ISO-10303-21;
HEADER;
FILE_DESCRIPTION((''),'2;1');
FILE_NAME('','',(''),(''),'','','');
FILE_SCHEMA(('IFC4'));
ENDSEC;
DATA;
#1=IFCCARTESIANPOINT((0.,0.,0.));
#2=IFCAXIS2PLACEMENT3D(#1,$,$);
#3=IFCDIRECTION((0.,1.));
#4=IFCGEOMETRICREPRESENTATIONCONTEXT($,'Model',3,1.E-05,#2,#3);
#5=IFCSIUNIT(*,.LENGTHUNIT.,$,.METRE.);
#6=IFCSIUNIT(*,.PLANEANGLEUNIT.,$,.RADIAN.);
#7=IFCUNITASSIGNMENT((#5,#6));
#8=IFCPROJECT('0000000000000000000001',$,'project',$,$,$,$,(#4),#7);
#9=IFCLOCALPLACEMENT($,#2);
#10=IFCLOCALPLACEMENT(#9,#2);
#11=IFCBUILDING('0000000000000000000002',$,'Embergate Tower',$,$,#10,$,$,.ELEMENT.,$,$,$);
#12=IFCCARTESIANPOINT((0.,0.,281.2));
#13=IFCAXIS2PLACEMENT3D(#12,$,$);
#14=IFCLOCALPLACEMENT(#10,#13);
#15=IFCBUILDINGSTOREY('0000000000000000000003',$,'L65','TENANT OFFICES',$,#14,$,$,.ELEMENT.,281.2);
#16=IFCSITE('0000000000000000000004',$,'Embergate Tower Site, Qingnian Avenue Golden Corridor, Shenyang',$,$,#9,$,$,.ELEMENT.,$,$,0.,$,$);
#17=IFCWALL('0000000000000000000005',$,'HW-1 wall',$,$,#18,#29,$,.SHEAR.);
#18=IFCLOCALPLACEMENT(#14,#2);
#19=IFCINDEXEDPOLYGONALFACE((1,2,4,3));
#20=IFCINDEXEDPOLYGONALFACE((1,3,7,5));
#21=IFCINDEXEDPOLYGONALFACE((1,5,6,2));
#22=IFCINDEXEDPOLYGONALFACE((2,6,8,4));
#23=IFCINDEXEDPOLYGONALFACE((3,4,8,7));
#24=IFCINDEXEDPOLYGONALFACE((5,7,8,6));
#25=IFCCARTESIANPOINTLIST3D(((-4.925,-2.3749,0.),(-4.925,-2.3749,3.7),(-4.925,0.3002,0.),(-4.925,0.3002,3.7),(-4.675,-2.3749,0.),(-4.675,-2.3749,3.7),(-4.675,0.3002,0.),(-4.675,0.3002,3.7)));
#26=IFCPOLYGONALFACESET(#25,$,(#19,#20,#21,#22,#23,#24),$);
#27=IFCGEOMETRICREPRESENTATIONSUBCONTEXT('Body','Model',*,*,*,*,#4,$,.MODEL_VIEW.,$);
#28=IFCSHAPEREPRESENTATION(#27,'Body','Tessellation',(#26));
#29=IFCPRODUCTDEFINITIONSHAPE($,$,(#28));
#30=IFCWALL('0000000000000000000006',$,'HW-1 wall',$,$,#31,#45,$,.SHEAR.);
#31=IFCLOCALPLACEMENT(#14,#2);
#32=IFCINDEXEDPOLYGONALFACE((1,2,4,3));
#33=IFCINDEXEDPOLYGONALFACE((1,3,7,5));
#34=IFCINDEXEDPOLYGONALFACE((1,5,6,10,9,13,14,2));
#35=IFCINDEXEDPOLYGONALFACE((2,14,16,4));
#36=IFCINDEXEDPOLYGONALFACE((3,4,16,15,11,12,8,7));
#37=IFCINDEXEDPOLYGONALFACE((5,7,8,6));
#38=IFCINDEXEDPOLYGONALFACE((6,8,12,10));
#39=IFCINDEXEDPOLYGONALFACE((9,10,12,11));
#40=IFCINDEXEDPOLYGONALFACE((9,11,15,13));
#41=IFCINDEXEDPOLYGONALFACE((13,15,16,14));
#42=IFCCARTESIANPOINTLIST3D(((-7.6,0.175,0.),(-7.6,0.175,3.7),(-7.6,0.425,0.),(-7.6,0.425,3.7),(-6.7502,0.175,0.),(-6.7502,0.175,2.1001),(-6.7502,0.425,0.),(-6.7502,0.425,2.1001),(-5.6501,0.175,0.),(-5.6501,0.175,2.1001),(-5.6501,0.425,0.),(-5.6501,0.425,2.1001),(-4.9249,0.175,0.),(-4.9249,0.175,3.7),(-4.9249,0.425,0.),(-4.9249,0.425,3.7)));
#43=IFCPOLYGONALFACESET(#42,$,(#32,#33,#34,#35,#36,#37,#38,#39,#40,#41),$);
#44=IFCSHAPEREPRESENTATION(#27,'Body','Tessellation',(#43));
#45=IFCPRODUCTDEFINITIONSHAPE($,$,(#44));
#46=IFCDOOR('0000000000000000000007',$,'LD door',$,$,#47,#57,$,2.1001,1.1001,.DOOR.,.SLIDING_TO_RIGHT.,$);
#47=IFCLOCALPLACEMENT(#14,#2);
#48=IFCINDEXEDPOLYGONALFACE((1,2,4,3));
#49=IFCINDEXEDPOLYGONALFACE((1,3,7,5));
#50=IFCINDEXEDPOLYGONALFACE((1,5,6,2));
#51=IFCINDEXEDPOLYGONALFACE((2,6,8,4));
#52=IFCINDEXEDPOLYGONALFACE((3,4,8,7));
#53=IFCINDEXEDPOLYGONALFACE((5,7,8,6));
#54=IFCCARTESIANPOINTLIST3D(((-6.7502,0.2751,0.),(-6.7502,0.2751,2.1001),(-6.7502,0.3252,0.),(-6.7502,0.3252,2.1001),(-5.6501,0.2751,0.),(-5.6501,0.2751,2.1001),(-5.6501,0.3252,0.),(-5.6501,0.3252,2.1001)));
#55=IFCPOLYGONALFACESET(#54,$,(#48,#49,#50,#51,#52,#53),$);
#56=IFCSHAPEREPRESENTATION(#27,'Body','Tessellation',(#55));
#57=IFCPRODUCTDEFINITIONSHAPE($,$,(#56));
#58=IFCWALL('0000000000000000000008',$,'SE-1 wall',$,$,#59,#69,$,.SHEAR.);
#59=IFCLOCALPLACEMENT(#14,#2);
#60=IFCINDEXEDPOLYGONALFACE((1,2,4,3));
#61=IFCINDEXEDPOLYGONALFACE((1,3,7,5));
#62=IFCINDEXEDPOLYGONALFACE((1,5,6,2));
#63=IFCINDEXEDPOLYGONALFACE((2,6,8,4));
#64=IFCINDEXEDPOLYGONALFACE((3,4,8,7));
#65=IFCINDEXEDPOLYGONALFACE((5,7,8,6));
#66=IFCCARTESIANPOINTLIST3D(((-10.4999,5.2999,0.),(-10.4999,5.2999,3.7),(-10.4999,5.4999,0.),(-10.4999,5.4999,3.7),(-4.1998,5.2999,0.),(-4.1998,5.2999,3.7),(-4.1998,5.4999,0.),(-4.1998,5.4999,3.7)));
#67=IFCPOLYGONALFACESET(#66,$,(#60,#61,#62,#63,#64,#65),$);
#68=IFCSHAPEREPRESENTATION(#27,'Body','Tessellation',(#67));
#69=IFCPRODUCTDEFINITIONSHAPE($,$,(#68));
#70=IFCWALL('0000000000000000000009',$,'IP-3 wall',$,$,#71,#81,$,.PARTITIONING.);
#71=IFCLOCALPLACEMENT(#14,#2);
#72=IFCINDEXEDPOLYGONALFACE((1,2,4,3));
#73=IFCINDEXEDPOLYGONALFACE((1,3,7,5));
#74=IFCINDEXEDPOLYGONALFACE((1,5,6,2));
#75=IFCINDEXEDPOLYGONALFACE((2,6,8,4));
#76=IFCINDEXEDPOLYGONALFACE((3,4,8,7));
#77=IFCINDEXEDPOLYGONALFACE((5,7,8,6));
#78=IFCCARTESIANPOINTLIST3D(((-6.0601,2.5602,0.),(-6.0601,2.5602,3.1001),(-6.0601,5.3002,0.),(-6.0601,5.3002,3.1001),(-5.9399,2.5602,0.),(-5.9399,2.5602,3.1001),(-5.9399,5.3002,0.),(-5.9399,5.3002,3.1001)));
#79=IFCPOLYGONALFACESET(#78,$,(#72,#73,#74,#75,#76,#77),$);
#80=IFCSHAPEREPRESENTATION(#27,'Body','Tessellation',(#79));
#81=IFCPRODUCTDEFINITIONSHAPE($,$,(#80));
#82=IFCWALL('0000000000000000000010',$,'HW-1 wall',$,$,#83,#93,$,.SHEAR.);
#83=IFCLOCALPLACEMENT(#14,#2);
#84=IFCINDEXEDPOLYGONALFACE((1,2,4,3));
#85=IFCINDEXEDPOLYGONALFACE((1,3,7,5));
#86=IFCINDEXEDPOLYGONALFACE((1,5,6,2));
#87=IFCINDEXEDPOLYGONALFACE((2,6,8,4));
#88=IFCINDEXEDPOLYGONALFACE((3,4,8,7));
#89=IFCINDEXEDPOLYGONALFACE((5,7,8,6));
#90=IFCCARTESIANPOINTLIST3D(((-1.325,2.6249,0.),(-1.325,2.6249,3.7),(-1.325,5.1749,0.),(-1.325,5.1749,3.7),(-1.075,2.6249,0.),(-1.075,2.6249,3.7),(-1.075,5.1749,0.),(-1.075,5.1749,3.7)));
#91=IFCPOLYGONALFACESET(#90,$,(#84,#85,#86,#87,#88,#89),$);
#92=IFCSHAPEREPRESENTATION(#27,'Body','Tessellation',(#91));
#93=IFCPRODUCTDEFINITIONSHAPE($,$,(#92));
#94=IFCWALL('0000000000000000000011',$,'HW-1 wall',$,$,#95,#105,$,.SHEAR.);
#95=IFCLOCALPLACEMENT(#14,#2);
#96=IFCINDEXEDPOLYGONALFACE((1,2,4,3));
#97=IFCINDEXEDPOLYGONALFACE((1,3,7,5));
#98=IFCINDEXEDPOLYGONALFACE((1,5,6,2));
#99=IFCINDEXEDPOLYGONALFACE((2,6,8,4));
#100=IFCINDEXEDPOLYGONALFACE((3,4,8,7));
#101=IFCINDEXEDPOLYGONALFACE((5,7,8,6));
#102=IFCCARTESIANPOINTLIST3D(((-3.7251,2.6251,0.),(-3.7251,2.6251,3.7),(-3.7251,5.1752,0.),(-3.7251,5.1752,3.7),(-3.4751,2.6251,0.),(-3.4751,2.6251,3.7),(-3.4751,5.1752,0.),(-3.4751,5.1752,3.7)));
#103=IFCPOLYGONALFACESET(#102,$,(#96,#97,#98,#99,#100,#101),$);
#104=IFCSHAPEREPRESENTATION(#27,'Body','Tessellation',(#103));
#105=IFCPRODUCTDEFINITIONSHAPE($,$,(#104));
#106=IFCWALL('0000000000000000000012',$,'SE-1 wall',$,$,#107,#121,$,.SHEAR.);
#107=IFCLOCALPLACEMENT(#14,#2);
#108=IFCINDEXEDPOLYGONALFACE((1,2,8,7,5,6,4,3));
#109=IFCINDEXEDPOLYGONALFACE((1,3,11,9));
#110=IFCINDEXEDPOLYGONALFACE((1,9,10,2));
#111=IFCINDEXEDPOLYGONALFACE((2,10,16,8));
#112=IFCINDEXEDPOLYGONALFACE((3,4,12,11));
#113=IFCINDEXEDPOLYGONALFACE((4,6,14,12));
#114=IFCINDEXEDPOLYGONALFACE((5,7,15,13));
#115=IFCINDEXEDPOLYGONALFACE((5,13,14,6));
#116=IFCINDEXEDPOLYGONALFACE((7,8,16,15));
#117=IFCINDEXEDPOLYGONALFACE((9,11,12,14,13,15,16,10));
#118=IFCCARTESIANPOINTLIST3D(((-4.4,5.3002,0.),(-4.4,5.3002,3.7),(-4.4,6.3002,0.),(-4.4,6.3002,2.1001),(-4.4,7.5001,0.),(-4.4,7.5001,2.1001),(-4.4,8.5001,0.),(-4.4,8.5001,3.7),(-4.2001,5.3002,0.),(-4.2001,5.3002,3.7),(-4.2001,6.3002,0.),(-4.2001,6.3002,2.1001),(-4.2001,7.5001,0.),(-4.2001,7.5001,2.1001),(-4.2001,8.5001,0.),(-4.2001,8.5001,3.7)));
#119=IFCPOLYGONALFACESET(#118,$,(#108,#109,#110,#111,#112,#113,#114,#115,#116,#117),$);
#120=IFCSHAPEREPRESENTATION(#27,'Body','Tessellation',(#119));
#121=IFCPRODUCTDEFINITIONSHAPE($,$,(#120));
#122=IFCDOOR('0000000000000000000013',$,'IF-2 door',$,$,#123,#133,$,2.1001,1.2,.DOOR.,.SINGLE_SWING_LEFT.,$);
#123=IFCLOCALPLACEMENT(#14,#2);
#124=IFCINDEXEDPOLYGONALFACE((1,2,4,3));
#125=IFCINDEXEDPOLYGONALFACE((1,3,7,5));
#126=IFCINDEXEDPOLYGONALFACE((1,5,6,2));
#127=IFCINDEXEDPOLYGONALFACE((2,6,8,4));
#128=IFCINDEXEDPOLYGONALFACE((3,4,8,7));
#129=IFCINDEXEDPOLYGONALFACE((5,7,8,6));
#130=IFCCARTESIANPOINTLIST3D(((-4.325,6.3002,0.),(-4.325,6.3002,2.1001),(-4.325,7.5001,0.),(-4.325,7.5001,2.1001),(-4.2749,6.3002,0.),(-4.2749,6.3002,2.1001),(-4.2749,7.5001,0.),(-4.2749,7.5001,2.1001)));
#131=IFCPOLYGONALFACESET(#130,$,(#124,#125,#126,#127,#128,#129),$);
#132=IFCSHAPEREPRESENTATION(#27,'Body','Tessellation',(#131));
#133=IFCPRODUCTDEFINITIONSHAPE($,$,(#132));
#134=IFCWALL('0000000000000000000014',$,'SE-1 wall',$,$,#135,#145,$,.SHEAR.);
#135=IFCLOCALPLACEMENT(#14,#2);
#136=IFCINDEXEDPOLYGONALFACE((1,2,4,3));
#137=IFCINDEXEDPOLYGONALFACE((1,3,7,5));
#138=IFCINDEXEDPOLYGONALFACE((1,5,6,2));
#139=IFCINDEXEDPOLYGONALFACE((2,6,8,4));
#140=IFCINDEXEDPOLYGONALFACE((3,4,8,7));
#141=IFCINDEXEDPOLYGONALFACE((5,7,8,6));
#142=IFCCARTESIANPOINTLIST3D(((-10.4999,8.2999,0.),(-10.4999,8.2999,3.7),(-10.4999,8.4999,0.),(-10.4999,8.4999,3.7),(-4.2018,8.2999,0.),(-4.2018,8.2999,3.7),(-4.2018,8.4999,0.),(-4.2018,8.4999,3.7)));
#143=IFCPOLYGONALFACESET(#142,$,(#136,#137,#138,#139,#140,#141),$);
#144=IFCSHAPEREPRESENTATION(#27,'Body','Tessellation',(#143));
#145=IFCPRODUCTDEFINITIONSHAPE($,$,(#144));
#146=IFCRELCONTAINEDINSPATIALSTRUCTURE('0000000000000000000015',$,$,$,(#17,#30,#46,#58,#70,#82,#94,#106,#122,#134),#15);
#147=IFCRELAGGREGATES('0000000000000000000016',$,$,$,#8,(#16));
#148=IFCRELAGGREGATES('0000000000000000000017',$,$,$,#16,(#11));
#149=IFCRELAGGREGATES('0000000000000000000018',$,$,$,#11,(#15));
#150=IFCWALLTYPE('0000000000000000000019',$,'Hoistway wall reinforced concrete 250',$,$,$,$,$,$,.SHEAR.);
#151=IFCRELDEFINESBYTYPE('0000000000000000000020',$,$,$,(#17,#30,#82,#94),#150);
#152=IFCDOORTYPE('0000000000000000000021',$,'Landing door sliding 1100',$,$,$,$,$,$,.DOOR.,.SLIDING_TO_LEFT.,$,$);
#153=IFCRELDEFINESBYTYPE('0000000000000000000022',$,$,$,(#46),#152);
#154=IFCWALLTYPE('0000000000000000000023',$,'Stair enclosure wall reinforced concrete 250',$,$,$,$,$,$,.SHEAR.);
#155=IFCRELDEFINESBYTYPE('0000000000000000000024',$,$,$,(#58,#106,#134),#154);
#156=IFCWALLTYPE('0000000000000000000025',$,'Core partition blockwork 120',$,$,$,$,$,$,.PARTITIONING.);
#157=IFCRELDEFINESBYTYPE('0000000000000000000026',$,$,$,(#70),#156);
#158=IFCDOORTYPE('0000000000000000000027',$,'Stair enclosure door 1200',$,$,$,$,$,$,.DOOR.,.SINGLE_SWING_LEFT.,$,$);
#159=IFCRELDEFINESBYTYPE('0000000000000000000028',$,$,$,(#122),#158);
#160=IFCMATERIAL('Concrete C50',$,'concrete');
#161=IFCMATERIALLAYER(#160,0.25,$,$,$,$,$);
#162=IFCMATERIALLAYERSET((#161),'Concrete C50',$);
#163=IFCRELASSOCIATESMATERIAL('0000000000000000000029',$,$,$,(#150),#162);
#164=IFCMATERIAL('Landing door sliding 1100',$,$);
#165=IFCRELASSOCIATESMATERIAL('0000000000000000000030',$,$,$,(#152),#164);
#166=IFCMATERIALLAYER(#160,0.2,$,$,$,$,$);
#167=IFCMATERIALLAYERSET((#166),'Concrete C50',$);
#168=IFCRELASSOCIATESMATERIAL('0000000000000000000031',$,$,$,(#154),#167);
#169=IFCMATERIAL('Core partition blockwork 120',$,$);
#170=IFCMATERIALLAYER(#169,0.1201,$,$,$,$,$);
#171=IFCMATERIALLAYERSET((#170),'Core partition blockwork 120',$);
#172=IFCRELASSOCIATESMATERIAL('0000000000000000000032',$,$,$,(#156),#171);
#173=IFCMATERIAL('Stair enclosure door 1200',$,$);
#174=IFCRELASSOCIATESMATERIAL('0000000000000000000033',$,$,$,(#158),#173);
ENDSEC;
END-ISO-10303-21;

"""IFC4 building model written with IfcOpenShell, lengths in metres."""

from ifc_helpers import new_model, si_unit, direction, frame, frame_2d, origin, place, context, subcontext, project, spatial, rectangle, extrude, source, transform, mapped, material, layer, layer_set, type_object, element, fill, save


model = new_model("IFC4")

# Units and contexts
model_context = context("Model", 3, precision=1e-05, world=origin(), true_north=direction((0.0, 1.0)))
body_context = subcontext(model_context, "Body", "Model", "MODEL_VIEW")
ifc_project = project(units=[si_unit("LENGTHUNIT", "METRE"), si_unit("PLANEANGLEUNIT", "RADIAN")], contexts=[model_context])

# Site, building, storey
site_placement = place(None, origin())
site = spatial("IfcSite", under=ifc_project, at=site_placement, Name="Embergate Tower Site, Qingnian Avenue Golden Corridor, Shenyang", CompositionType="ELEMENT", RefElevation=0.0)
building_placement = place(site_placement, origin())
building = spatial("IfcBuilding", under=site, at=building_placement, Name="Embergate Tower", CompositionType="ELEMENT")
storey_placement = place(building_placement, frame((0.0, 0.0, 281.2)))
storey = spatial("IfcBuildingStorey", under=building, at=storey_placement, Name="L65", Description="TENANT OFFICES", CompositionType="ELEMENT", Elevation=281.2)

# Wall
ifc_material_1 = material(Name="Concrete C50", Category="concrete")
ifc_layer_1 = layer(ifc_material_1, 0.25)
ifc_layer_set_1 = layer_set([ifc_layer_1], Name="Concrete C50")
wall_type_1 = type_object("IfcWallType", Name="Hoistway wall reinforced concrete 250", PredefinedType="SHEAR", material=ifc_layer_set_1)
shared_shape_1 = source(origin(), body_context, "Body", "SweptSolid", [
    extrude(rectangle(XDim=2.675, YDim=0.25, at=frame_2d((1.3374, 0.0))), origin(), (0.0, 0.0, 1.0), 3.7),
])
wall_1_placement = place(storey_placement, frame((-4.8, 0.3, 0.0), z_axis=(0.0, 0.0, 1.0), x_axis=(0.0, -1.0, 0.0)))
element("IfcWall", 1, at=wall_1_placement, inside=storey, type_object=wall_type_1, Name="HW-1 wall", PredefinedType="SHEAR", context=body_context, shape_type="MappedRepresentation", body=[
    mapped(shared_shape_1, transform((0.0, 0.0, 0.0))),
])

# Wall, opening, door
wall_2_placement = place(storey_placement, frame((-4.925, 0.3, 0.0), z_axis=(0.0, 0.0, 1.0), x_axis=(-1.0, 0.0, 0.0)))
wall_2 = element("IfcWall", 2, at=wall_2_placement, inside=storey, type_object=wall_type_1, Name="HW-1 wall", PredefinedType="SHEAR", context=body_context, shape_type="MappedRepresentation", body=[
    mapped(shared_shape_1, transform((0.0, 0.0, 0.0))),
])
shared_shape_2 = source(origin(), body_context, "Body", "SweptSolid", [
    extrude(rectangle(XDim=1.1001, YDim=2.1001, at=frame_2d((0.55, 1.05))), frame((0.0, 0.135, 0.0), z_axis=(0.0, -1.0, 0.0), x_axis=(1.0, 0.0, 0.0)), (0.0, 0.0, 1.0), 0.27),
])
opening_1_placement = place(wall_2_placement, frame((0.7251, 0.0, 0.0)))
opening_1 = element("IfcOpeningElement", 3, at=opening_1_placement, cuts=wall_2, PredefinedType="OPENING", context=body_context, shape_type="MappedRepresentation", body=[
    mapped(shared_shape_2, transform((0.0, 0.0, 0.0))),
])
ifc_material_2 = material(Name="Landing door sliding 1100")
door_type_1 = type_object("IfcDoorType", Name="Landing door sliding 1100", OperationType="SLIDING_TO_LEFT", PredefinedType="DOOR", material=ifc_material_2)
shared_shape_3 = source(origin(), body_context, "Body", "SweptSolid", [
    extrude(rectangle(XDim=1.1001, YDim=2.1001, at=frame_2d((0.55, 1.05))), frame((0.0, 0.0249, 0.0), z_axis=(0.0, -1.0, 0.0), x_axis=(1.0, 0.0, 0.0)), (0.0, 0.0, 1.0), 0.05),
])
door_1_placement = place(opening_1_placement, origin())
door_1 = element("IfcDoor", 4, at=door_1_placement, inside=storey, type_object=door_type_1, Name="LD door", OperationType="SLIDING_TO_RIGHT", OverallHeight=2.1001, OverallWidth=1.1001, PredefinedType="DOOR", context=body_context, shape_type="MappedRepresentation", body=[
    mapped(shared_shape_3, transform((0.0, 0.0, 0.0))),
])
fill(opening_1, door_1)

# Walls
ifc_layer_2 = layer(ifc_material_1, 0.2)
ifc_layer_set_2 = layer_set([ifc_layer_2], Name="Concrete C50")
wall_type_2 = type_object("IfcWallType", Name="Stair enclosure wall reinforced concrete 250", PredefinedType="SHEAR", material=ifc_layer_set_2)
shared_shape_4 = source(origin(), body_context, "Body", "SweptSolid", [
    extrude(rectangle(XDim=6.3, YDim=0.2, at=frame_2d((3.1499, 0.0))), origin(), (0.0, 0.0, 1.0), 3.7),
])
wall_3_placement = place(storey_placement, frame((-4.2, 5.3999, 0.0), z_axis=(0.0, 0.0, 1.0), x_axis=(-1.0, 0.0, 0.0)))
element("IfcWall", 5, at=wall_3_placement, inside=storey, type_object=wall_type_2, Name="SE-1 wall", PredefinedType="SHEAR", context=body_context, shape_type="MappedRepresentation", body=[
    mapped(shared_shape_4, transform((0.0, 0.0, 0.0))),
])
ifc_material_3 = material(Name="Core partition blockwork 120")
ifc_layer_3 = layer(ifc_material_3, 0.1201)
ifc_layer_set_3 = layer_set([ifc_layer_3], Name="Core partition blockwork 120")
wall_type_3 = type_object("IfcWallType", Name="Core partition blockwork 120", PredefinedType="PARTITIONING", material=ifc_layer_set_3)
shared_shape_5 = source(origin(), body_context, "Body", "SweptSolid", [
    extrude(rectangle(XDim=2.74, YDim=0.1201, at=frame_2d((1.3701, 0.0))), origin(), (0.0, 0.0, 1.0), 3.1001),
])
wall_4_placement = place(storey_placement, frame((-6.0, 2.5601, 0.0), z_axis=(0.0, 0.0, 1.0), x_axis=(0.0, 1.0, 0.0)))
element("IfcWall", 6, at=wall_4_placement, inside=storey, type_object=wall_type_3, Name="IP-3 wall", PredefinedType="PARTITIONING", context=body_context, shape_type="MappedRepresentation", body=[
    mapped(shared_shape_5, transform((0.0, 0.0, 0.0))),
])
shared_shape_6 = source(origin(), body_context, "Body", "SweptSolid", [
    extrude(rectangle(XDim=2.55, YDim=0.25, at=frame_2d((1.2749, 0.0))), origin(), (0.0, 0.0, 1.0), 3.7),
])
for number, where, z_axis, x_axis, name in (
    (7, (-1.2, 2.625, 0.0), (0.0, 0.0, 1.0), (0.0, 1.0, 0.0), "HW-1 wall"),
    (8, (-3.6001, 5.175, 0.0), (0.0, 0.0, 1.0), (0.0, -1.0, 0.0), "HW-1 wall"),
):
    element("IfcWall", number, at=place(storey_placement, frame(where, z_axis=z_axis, x_axis=x_axis)), inside=storey, type_object=wall_type_1, Name=name, PredefinedType="SHEAR", context=body_context, shape_type="MappedRepresentation", body=[
        mapped(shared_shape_6, transform((0.0, 0.0, 0.0))),
    ])

# Wall, opening, door
shared_shape_7 = source(origin(), body_context, "Body", "SweptSolid", [
    extrude(rectangle(XDim=3.2, YDim=0.2, at=frame_2d((1.6001, 0.0))), origin(), (0.0, 0.0, 1.0), 3.7),
])
wall_5_placement = place(storey_placement, frame((-4.3, 5.3, 0.0), z_axis=(0.0, 0.0, 1.0), x_axis=(0.0, 1.0, 0.0)))
wall_5 = element("IfcWall", 9, at=wall_5_placement, inside=storey, type_object=wall_type_2, Name="SE-1 wall", PredefinedType="SHEAR", context=body_context, shape_type="MappedRepresentation", body=[
    mapped(shared_shape_7, transform((0.0, 0.0, 0.0))),
])
shared_shape_8 = source(origin(), body_context, "Body", "SweptSolid", [
    extrude(rectangle(XDim=1.2, YDim=2.1001, at=frame_2d((0.6001, 1.05))), frame((0.0, 0.1099, 0.0), z_axis=(0.0, -1.0, 0.0), x_axis=(1.0, 0.0, 0.0)), (0.0, 0.0, 1.0), 0.22),
])
opening_2_placement = place(wall_5_placement, frame((1.0, 0.0, 0.0)))
opening_2 = element("IfcOpeningElement", 10, at=opening_2_placement, cuts=wall_5, PredefinedType="OPENING", context=body_context, shape_type="MappedRepresentation", body=[
    mapped(shared_shape_8, transform((0.0, 0.0, 0.0))),
])
ifc_material_4 = material(Name="Stair enclosure door 1200")
door_type_2 = type_object("IfcDoorType", Name="Stair enclosure door 1200", OperationType="SINGLE_SWING_LEFT", PredefinedType="DOOR", material=ifc_material_4)
shared_shape_9 = source(origin(), body_context, "Body", "SweptSolid", [
    extrude(rectangle(XDim=1.2, YDim=2.1001, at=frame_2d((0.6001, 1.05))), frame((0.0, 0.0249, 0.0), z_axis=(0.0, -1.0, 0.0), x_axis=(1.0, 0.0, 0.0)), (0.0, 0.0, 1.0), 0.05),
])
door_2_placement = place(opening_2_placement, origin())
door_2 = element("IfcDoor", 11, at=door_2_placement, inside=storey, type_object=door_type_2, Name="IF-2 door", OperationType="SINGLE_SWING_LEFT", OverallHeight=2.1001, OverallWidth=1.2, PredefinedType="DOOR", context=body_context, shape_type="MappedRepresentation", body=[
    mapped(shared_shape_9, transform((0.0, 0.0, 0.0))),
])
fill(opening_2, door_2)

# Wall
shared_shape_10 = source(origin(), body_context, "Body", "SweptSolid", [
    extrude(rectangle(XDim=6.2981, YDim=0.2, at=frame_2d((3.1489, 0.0))), origin(), (0.0, 0.0, 1.0), 3.7),
])
wall_6_placement = place(storey_placement, frame((-4.2019, 8.3999, 0.0), z_axis=(0.0, 0.0, 1.0), x_axis=(-1.0, 0.0, 0.0)))
element("IfcWall", 12, at=wall_6_placement, inside=storey, type_object=wall_type_2, Name="SE-1 wall", PredefinedType="SHEAR", context=body_context, shape_type="MappedRepresentation", body=[
    mapped(shared_shape_10, transform((0.0, 0.0, 0.0))),
])

save(model, "model.ifc")
